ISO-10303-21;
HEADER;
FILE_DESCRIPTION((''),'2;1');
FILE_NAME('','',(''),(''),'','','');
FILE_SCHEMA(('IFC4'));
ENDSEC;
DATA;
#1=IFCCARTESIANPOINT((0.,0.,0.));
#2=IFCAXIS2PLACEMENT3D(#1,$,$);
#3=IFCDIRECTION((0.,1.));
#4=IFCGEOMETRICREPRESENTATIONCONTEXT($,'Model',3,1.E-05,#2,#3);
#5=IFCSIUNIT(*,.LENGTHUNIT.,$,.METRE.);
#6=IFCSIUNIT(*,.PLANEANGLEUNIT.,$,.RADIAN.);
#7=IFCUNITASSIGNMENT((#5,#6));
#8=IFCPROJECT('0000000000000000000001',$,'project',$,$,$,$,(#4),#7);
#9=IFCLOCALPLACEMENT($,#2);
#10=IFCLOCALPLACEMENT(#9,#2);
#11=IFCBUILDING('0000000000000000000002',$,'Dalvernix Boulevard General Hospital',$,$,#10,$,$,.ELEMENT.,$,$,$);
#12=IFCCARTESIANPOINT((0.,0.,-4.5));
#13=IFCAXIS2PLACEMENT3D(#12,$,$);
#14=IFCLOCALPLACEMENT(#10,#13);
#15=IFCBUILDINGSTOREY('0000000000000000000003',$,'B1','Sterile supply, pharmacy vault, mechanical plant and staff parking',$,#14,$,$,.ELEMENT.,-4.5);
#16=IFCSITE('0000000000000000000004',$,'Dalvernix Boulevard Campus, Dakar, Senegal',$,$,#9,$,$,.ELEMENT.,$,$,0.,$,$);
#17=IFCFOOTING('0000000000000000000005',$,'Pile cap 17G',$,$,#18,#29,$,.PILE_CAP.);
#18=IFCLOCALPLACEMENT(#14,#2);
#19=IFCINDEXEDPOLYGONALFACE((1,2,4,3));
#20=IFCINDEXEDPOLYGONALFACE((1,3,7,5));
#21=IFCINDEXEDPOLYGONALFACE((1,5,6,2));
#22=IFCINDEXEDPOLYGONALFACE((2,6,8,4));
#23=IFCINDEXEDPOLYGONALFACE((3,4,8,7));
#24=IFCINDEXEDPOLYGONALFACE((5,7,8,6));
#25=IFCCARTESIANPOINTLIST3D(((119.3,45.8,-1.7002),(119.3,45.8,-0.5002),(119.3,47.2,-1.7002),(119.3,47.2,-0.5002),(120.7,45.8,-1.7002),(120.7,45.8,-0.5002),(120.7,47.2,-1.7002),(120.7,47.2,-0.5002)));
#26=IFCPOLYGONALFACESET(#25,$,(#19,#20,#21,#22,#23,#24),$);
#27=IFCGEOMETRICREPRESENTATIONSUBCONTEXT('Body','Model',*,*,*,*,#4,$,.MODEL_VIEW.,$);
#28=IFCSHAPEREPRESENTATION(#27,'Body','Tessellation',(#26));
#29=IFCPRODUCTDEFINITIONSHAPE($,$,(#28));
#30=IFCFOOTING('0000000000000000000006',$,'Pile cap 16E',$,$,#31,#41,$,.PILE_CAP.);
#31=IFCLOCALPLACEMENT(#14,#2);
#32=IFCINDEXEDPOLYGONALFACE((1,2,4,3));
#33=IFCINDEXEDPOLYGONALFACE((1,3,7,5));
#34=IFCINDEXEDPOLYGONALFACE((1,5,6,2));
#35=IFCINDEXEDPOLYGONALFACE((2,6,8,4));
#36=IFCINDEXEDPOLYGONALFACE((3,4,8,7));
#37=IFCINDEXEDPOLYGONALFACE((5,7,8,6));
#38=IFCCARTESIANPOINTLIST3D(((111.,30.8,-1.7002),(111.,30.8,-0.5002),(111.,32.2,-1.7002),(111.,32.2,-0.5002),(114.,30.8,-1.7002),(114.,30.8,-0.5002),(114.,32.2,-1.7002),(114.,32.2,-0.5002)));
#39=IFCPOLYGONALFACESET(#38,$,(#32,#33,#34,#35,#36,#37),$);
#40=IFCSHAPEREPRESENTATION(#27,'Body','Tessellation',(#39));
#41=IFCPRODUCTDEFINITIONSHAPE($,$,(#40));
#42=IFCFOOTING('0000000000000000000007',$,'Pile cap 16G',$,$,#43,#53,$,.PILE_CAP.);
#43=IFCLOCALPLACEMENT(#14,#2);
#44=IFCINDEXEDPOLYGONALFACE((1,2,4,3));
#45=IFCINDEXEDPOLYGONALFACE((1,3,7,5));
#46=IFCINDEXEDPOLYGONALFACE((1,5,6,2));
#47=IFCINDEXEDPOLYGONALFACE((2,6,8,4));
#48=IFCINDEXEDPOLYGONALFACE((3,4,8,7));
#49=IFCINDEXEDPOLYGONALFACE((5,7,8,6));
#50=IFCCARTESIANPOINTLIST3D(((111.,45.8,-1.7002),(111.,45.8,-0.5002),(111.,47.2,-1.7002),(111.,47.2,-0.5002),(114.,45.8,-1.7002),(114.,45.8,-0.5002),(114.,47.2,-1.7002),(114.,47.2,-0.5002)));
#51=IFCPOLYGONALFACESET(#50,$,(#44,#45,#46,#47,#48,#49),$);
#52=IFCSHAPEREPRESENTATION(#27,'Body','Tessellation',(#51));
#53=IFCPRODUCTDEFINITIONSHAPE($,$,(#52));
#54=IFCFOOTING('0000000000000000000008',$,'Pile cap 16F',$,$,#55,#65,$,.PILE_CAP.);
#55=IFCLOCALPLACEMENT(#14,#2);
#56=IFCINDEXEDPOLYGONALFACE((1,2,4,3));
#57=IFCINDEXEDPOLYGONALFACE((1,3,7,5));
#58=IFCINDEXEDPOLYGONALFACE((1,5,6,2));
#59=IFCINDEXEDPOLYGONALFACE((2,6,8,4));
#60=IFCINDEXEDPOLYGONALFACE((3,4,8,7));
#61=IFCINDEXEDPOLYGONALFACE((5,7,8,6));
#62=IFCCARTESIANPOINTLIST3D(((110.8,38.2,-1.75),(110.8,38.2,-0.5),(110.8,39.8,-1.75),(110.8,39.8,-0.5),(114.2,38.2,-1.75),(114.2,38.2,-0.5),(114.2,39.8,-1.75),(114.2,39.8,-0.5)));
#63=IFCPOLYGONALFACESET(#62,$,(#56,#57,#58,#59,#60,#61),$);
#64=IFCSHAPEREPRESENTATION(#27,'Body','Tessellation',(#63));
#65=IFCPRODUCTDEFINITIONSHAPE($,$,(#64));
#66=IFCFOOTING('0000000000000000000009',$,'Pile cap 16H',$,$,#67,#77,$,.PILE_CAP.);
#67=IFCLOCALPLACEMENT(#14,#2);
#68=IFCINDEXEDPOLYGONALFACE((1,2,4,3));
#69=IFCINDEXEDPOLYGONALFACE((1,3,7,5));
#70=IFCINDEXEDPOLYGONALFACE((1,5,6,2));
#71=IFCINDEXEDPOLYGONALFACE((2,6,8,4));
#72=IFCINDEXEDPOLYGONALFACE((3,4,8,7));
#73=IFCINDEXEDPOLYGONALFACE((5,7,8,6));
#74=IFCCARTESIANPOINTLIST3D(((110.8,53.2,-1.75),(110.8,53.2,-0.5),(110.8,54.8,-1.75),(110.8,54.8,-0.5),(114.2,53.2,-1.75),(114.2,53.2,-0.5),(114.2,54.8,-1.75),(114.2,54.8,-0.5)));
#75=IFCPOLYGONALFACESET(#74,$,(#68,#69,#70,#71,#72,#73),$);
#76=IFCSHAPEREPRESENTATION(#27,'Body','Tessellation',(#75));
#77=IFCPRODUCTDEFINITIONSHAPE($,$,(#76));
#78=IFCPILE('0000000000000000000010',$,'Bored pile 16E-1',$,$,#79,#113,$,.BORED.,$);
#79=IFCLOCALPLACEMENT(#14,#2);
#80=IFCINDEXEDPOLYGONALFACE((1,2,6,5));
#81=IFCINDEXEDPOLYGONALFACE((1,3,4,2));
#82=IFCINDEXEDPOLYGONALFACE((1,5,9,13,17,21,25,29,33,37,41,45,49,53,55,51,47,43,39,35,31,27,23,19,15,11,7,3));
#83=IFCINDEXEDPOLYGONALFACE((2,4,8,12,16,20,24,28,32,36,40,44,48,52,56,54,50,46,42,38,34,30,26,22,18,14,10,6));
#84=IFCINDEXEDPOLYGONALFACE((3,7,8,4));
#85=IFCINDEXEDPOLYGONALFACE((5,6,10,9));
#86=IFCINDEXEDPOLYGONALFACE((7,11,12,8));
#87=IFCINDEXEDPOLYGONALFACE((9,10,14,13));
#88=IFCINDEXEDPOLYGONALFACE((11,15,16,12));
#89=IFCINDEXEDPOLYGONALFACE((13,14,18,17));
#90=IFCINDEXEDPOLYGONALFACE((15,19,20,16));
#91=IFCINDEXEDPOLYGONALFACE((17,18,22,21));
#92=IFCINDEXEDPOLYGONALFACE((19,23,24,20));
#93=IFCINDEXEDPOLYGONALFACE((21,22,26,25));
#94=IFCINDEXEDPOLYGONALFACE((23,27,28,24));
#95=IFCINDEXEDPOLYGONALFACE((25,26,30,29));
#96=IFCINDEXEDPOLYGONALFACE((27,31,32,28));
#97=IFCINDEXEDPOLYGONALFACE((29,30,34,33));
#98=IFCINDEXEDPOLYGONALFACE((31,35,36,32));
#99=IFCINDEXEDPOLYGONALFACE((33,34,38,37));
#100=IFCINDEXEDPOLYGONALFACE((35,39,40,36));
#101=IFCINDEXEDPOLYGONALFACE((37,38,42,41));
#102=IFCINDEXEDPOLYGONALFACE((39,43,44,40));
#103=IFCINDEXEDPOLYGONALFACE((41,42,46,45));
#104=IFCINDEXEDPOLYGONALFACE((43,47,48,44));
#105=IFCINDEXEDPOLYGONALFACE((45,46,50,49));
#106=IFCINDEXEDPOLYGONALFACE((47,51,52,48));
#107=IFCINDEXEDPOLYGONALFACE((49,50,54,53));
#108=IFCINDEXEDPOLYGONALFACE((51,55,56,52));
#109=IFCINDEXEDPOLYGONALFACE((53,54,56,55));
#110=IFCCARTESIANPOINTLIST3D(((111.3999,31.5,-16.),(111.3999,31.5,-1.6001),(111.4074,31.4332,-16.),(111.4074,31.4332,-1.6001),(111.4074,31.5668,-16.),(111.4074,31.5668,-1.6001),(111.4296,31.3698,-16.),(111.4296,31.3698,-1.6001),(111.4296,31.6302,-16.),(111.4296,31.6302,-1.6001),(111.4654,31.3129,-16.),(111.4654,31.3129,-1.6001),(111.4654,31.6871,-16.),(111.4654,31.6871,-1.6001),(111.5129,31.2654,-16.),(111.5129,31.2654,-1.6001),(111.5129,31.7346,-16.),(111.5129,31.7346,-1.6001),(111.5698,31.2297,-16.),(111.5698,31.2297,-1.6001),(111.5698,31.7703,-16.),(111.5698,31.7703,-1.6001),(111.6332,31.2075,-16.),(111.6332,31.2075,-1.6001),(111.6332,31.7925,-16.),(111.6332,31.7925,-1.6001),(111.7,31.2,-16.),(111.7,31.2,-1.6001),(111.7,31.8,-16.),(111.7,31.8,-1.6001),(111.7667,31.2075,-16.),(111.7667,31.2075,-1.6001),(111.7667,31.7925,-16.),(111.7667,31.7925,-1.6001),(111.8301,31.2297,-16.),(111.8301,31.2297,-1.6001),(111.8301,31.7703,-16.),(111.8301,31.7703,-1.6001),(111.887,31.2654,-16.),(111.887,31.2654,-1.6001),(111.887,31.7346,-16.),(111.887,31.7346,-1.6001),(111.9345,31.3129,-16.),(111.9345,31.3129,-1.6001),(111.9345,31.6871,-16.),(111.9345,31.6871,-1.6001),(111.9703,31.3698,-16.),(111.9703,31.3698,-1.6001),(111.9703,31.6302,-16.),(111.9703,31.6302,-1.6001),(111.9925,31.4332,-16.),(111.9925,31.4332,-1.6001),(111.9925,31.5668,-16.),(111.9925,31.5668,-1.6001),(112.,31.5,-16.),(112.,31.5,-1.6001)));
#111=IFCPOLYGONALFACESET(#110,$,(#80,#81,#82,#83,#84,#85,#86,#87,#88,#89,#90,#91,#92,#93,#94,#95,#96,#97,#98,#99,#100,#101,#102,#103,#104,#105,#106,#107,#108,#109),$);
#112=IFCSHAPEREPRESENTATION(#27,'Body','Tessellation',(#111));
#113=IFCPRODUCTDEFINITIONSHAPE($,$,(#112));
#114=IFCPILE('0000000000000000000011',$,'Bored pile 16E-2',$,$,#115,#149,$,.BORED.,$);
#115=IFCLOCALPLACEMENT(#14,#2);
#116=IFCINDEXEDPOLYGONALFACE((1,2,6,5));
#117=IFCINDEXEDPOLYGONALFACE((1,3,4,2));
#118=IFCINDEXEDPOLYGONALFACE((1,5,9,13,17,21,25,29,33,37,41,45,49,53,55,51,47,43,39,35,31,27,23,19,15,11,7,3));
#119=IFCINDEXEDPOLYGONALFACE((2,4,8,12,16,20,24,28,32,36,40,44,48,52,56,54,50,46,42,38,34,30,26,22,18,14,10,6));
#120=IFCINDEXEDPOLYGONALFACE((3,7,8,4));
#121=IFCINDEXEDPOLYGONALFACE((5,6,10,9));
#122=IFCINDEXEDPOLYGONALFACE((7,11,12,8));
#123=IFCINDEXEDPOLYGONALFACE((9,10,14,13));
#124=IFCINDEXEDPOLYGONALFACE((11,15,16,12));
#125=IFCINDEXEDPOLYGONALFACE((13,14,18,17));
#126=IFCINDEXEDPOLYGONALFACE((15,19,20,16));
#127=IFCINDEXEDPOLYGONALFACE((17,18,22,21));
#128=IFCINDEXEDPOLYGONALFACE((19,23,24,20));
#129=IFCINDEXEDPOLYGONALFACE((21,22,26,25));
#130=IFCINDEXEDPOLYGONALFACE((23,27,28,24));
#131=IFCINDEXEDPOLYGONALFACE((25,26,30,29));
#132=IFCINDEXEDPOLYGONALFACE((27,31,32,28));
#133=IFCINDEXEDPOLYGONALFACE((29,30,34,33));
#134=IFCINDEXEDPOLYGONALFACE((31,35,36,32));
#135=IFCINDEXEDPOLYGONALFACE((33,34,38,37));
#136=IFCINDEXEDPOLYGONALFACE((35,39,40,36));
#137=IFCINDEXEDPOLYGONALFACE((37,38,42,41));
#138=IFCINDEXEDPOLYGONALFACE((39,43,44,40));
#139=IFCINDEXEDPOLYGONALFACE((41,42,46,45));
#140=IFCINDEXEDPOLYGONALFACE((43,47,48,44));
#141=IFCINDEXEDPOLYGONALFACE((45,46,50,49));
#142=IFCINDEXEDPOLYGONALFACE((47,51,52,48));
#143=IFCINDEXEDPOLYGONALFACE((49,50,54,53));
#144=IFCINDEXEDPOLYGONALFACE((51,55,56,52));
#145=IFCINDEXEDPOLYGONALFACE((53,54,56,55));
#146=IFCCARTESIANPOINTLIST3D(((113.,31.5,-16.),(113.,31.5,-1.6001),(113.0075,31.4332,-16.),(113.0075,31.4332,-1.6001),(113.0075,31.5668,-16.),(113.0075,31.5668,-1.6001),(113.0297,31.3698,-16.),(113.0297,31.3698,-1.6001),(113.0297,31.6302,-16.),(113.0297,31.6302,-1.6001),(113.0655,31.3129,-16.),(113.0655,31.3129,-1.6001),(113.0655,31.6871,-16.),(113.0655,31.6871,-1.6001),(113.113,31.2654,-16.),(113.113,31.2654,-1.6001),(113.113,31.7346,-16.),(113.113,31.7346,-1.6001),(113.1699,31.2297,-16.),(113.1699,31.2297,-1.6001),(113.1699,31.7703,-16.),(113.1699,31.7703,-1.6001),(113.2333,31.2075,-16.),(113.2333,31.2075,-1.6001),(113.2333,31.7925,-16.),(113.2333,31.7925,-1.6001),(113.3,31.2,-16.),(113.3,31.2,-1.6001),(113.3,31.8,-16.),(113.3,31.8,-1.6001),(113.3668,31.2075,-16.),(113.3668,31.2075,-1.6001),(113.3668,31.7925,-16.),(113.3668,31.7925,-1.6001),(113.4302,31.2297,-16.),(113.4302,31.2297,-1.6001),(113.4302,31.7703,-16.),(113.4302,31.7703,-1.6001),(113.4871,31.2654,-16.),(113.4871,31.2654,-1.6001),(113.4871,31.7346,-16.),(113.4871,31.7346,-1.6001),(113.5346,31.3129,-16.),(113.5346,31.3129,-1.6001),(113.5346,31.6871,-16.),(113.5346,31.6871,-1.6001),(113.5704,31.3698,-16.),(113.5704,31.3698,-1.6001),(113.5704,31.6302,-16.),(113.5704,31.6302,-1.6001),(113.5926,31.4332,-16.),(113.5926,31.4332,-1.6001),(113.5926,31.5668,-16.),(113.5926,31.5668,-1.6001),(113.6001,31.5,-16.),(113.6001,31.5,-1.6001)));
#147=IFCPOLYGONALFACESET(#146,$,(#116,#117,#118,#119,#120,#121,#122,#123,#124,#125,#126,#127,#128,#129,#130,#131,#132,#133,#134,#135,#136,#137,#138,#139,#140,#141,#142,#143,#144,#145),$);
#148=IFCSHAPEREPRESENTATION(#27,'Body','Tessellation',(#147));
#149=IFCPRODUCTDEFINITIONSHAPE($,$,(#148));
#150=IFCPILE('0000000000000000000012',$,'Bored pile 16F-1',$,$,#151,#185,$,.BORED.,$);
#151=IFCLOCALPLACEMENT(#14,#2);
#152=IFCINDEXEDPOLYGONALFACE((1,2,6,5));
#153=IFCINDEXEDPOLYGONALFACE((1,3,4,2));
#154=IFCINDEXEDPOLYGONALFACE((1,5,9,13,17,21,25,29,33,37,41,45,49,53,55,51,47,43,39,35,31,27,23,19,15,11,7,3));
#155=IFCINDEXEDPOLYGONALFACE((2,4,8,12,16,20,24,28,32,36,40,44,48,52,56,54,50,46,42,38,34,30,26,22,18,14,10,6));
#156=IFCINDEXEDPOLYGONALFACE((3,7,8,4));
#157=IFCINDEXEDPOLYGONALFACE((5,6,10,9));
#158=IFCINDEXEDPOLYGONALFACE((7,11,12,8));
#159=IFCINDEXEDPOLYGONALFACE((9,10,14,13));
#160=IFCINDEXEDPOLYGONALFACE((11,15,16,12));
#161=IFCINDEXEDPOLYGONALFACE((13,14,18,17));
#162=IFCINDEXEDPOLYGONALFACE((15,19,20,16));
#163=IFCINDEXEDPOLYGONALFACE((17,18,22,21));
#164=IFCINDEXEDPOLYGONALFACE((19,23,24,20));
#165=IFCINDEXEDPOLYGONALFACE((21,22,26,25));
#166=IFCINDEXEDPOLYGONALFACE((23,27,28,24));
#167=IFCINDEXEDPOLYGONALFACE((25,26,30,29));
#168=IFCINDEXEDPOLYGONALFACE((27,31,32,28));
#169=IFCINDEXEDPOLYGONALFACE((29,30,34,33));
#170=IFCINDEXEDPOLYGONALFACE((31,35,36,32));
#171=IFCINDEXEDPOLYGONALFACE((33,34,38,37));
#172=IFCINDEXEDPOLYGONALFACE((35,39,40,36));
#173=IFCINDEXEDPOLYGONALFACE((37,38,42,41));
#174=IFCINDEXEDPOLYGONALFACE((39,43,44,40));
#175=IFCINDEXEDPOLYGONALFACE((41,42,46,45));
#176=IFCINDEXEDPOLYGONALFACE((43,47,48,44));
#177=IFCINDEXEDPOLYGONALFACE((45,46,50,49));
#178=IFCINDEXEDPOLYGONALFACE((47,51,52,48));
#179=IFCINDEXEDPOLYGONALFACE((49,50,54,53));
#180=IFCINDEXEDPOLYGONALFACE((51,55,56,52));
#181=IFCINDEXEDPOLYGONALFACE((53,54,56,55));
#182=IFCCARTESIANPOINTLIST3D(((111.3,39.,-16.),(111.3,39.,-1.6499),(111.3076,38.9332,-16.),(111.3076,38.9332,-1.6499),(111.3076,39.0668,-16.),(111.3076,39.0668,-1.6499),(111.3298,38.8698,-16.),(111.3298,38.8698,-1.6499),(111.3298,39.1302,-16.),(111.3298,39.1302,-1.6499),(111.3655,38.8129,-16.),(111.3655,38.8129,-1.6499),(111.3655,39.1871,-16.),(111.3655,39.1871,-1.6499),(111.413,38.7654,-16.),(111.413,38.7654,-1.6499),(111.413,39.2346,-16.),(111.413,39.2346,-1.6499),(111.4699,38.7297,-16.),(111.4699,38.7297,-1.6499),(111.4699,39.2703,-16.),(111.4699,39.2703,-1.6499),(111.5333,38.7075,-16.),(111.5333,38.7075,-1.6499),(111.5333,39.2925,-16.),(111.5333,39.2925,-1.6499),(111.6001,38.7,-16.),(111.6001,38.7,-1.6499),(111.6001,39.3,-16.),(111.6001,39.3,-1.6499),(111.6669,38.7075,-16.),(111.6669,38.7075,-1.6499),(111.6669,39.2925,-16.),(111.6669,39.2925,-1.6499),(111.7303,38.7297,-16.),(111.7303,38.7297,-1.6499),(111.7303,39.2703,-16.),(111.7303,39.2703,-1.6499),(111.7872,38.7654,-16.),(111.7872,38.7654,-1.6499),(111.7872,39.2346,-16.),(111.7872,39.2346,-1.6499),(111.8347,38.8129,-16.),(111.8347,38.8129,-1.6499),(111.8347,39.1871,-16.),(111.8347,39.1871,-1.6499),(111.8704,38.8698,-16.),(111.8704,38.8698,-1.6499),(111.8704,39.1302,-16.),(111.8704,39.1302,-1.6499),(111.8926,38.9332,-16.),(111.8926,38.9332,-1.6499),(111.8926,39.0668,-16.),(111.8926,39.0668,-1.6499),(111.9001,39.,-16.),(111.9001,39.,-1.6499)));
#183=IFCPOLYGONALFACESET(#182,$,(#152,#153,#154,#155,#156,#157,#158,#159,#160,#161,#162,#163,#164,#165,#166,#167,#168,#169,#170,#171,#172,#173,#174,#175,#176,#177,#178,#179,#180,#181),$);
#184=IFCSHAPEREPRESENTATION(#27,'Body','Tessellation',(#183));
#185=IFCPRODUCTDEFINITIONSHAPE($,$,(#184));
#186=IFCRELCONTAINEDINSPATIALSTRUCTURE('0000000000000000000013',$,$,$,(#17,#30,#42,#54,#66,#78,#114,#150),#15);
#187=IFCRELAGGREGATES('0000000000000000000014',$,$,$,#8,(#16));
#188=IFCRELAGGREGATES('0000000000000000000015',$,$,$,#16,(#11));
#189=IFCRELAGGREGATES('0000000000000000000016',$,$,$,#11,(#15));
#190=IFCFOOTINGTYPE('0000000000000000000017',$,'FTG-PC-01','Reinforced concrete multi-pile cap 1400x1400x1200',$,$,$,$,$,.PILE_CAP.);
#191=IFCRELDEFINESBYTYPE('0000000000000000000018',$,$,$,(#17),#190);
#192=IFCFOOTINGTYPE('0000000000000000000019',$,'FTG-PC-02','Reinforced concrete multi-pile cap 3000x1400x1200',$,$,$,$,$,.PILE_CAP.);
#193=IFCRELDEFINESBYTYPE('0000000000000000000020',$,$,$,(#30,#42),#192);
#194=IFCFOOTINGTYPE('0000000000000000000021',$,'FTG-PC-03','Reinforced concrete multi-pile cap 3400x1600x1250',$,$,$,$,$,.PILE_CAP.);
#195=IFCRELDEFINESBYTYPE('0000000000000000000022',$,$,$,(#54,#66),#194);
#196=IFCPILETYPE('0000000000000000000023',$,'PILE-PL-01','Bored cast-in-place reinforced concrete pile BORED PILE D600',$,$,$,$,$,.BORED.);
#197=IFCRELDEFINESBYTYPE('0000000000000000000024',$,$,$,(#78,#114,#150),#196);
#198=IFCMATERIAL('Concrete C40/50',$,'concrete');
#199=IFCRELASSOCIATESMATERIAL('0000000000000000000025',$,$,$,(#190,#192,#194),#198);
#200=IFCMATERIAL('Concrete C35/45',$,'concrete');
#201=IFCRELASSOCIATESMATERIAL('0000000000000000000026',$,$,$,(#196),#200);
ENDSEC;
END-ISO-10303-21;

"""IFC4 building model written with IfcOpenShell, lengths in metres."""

from ifc_helpers import new_model, si_unit, direction, frame, origin, origin_2d, place, context, subcontext, project, spatial, rectangle, circle, extrude, material, material_profile, profile_set, type_object, element, save


model = new_model("IFC4")

# Units and contexts
model_context = context("Model", 3, precision=1e-05, world=origin(), true_north=direction((0.0, 1.0)))
body_context = subcontext(model_context, "Body", "Model", "MODEL_VIEW")
ifc_project = project(units=[si_unit("LENGTHUNIT", "METRE"), si_unit("PLANEANGLEUNIT", "RADIAN")], contexts=[model_context])

# Site, building, storey
site_placement = place(None, origin())
site = spatial("IfcSite", under=ifc_project, at=site_placement, Name="Dalvernix Boulevard Campus, Dakar, Senegal", CompositionType="ELEMENT", RefElevation=0.0)
building_placement = place(site_placement, origin())
building = spatial("IfcBuilding", under=site, at=building_placement, Name="Dalvernix Boulevard General Hospital", CompositionType="ELEMENT")
storey_placement = place(building_placement, frame((0.0, 0.0, -4.5)))
storey = spatial("IfcBuildingStorey", under=building, at=storey_placement, Name="B1", Description="Sterile supply, pharmacy vault, mechanical plant and staff parking", CompositionType="ELEMENT", Elevation=-4.5)

# Footings
ifc_material_1 = material(Name="Concrete C35/45", Category="concrete")
ifc_material_2 = material(Name="Concrete C40/50", Category="concrete")
footing_type_1 = type_object("IfcFootingType", Name="FTG-PC-01", Description="Reinforced concrete multi-pile cap 1400x1400x1200", PredefinedType="PILE_CAP", material=ifc_material_2)
for number, where, z_axis, x_axis, name in (
    (1, (120.0, 46.5, -1.7002), (0.0, 0.0, 1.0), (1.0, 0.0, 0.0), "Pile cap 17G"),
):
    element("IfcFooting", number, at=place(storey_placement, frame(where, z_axis=z_axis, x_axis=x_axis)), inside=storey, type_object=footing_type_1, Name=name, PredefinedType="PILE_CAP", context=body_context, shape_type="SweptSolid", body=[
        extrude(rectangle(XDim=1.3999, YDim=1.3999, at=origin_2d()), origin(), (0.0, 0.0, 1.0), 1.2),
    ])
footing_type_2 = type_object("IfcFootingType", Name="FTG-PC-02", Description="Reinforced concrete multi-pile cap 3000x1400x1200", PredefinedType="PILE_CAP", material=ifc_material_2)
for number, where, z_axis, x_axis, name in (
    (2, (112.5, 31.5, -1.7002), (0.0, 0.0, 1.0), (1.0, 0.0, 0.0), "Pile cap 16E"),
    (3, (112.5, 46.5, -1.7002), (0.0, 0.0, 1.0), (1.0, 0.0, 0.0), "Pile cap 16G"),
):
    element("IfcFooting", number, at=place(storey_placement, frame(where, z_axis=z_axis, x_axis=x_axis)), inside=storey, type_object=footing_type_2, Name=name, PredefinedType="PILE_CAP", context=body_context, shape_type="SweptSolid", body=[
        extrude(rectangle(XDim=3.0, YDim=1.3999, at=origin_2d()), origin(), (0.0, 0.0, 1.0), 1.2),
    ])
footing_type_3 = type_object("IfcFootingType", Name="FTG-PC-03", Description="Reinforced concrete multi-pile cap 3400x1600x1250", PredefinedType="PILE_CAP", material=ifc_material_2)
for number, where, z_axis, x_axis, name in (
    (4, (112.5, 39.0, -1.75), (0.0, 0.0, 1.0), (1.0, 0.0, 0.0), "Pile cap 16F"),
    (5, (112.5, 54.0, -1.75), (0.0, 0.0, 1.0), (1.0, 0.0, 0.0), "Pile cap 16H"),
):
    element("IfcFooting", number, at=place(storey_placement, frame(where, z_axis=z_axis, x_axis=x_axis)), inside=storey, type_object=footing_type_3, Name=name, PredefinedType="PILE_CAP", context=body_context, shape_type="SweptSolid", body=[
        extrude(rectangle(XDim=3.3999, YDim=1.6001, at=origin_2d()), origin(), (0.0, 0.0, 1.0), 1.25),
    ])

# Piles
ifc_material_profile_1 = material_profile(ifc_material_1, circle(Radius=0.3, at=origin_2d()), Name="BORED PILE D600")
ifc_profile_set_1 = profile_set([ifc_material_profile_1], Name="Concrete C35/45")
pile_type = type_object("IfcPileType", Name="PILE-PL-01", Description="Bored cast-in-place reinforced concrete pile BORED PILE D600", PredefinedType="BORED", material=ifc_profile_set_1)
for number, where, z_axis, x_axis, name in (
    (6, (111.7, 31.5, -1.6001), (0.0, 0.0, -1.0), (1.0, 0.0, 0.0), "Bored pile 16E-1"),
    (7, (113.3, 31.5, -1.6001), (0.0, 0.0, -1.0), (1.0, 0.0, 0.0), "Bored pile 16E-2"),
):
    element("IfcPile", number, at=place(storey_placement, frame(where, z_axis=z_axis, x_axis=x_axis)), inside=storey, type_object=pile_type, Name=name, PredefinedType="BORED", context=body_context, shape_type="SweptSolid", body=[
        extrude(circle(Radius=0.3, at=origin_2d()), origin(), (0.0, 0.0, 1.0), 14.3999),
    ])
for number, where, z_axis, x_axis, name in (
    (8, (111.6001, 39.0, -1.6499), (0.0, 0.0, -1.0), (1.0, 0.0, 0.0), "Bored pile 16F-1"),
):
    element("IfcPile", number, at=place(storey_placement, frame(where, z_axis=z_axis, x_axis=x_axis)), inside=storey, type_object=pile_type, Name=name, PredefinedType="BORED", context=body_context, shape_type="SweptSolid", body=[
        extrude(circle(Radius=0.3, at=origin_2d()), origin(), (0.0, 0.0, 1.0), 14.3501),
    ])

save(model, "model.ifc")
